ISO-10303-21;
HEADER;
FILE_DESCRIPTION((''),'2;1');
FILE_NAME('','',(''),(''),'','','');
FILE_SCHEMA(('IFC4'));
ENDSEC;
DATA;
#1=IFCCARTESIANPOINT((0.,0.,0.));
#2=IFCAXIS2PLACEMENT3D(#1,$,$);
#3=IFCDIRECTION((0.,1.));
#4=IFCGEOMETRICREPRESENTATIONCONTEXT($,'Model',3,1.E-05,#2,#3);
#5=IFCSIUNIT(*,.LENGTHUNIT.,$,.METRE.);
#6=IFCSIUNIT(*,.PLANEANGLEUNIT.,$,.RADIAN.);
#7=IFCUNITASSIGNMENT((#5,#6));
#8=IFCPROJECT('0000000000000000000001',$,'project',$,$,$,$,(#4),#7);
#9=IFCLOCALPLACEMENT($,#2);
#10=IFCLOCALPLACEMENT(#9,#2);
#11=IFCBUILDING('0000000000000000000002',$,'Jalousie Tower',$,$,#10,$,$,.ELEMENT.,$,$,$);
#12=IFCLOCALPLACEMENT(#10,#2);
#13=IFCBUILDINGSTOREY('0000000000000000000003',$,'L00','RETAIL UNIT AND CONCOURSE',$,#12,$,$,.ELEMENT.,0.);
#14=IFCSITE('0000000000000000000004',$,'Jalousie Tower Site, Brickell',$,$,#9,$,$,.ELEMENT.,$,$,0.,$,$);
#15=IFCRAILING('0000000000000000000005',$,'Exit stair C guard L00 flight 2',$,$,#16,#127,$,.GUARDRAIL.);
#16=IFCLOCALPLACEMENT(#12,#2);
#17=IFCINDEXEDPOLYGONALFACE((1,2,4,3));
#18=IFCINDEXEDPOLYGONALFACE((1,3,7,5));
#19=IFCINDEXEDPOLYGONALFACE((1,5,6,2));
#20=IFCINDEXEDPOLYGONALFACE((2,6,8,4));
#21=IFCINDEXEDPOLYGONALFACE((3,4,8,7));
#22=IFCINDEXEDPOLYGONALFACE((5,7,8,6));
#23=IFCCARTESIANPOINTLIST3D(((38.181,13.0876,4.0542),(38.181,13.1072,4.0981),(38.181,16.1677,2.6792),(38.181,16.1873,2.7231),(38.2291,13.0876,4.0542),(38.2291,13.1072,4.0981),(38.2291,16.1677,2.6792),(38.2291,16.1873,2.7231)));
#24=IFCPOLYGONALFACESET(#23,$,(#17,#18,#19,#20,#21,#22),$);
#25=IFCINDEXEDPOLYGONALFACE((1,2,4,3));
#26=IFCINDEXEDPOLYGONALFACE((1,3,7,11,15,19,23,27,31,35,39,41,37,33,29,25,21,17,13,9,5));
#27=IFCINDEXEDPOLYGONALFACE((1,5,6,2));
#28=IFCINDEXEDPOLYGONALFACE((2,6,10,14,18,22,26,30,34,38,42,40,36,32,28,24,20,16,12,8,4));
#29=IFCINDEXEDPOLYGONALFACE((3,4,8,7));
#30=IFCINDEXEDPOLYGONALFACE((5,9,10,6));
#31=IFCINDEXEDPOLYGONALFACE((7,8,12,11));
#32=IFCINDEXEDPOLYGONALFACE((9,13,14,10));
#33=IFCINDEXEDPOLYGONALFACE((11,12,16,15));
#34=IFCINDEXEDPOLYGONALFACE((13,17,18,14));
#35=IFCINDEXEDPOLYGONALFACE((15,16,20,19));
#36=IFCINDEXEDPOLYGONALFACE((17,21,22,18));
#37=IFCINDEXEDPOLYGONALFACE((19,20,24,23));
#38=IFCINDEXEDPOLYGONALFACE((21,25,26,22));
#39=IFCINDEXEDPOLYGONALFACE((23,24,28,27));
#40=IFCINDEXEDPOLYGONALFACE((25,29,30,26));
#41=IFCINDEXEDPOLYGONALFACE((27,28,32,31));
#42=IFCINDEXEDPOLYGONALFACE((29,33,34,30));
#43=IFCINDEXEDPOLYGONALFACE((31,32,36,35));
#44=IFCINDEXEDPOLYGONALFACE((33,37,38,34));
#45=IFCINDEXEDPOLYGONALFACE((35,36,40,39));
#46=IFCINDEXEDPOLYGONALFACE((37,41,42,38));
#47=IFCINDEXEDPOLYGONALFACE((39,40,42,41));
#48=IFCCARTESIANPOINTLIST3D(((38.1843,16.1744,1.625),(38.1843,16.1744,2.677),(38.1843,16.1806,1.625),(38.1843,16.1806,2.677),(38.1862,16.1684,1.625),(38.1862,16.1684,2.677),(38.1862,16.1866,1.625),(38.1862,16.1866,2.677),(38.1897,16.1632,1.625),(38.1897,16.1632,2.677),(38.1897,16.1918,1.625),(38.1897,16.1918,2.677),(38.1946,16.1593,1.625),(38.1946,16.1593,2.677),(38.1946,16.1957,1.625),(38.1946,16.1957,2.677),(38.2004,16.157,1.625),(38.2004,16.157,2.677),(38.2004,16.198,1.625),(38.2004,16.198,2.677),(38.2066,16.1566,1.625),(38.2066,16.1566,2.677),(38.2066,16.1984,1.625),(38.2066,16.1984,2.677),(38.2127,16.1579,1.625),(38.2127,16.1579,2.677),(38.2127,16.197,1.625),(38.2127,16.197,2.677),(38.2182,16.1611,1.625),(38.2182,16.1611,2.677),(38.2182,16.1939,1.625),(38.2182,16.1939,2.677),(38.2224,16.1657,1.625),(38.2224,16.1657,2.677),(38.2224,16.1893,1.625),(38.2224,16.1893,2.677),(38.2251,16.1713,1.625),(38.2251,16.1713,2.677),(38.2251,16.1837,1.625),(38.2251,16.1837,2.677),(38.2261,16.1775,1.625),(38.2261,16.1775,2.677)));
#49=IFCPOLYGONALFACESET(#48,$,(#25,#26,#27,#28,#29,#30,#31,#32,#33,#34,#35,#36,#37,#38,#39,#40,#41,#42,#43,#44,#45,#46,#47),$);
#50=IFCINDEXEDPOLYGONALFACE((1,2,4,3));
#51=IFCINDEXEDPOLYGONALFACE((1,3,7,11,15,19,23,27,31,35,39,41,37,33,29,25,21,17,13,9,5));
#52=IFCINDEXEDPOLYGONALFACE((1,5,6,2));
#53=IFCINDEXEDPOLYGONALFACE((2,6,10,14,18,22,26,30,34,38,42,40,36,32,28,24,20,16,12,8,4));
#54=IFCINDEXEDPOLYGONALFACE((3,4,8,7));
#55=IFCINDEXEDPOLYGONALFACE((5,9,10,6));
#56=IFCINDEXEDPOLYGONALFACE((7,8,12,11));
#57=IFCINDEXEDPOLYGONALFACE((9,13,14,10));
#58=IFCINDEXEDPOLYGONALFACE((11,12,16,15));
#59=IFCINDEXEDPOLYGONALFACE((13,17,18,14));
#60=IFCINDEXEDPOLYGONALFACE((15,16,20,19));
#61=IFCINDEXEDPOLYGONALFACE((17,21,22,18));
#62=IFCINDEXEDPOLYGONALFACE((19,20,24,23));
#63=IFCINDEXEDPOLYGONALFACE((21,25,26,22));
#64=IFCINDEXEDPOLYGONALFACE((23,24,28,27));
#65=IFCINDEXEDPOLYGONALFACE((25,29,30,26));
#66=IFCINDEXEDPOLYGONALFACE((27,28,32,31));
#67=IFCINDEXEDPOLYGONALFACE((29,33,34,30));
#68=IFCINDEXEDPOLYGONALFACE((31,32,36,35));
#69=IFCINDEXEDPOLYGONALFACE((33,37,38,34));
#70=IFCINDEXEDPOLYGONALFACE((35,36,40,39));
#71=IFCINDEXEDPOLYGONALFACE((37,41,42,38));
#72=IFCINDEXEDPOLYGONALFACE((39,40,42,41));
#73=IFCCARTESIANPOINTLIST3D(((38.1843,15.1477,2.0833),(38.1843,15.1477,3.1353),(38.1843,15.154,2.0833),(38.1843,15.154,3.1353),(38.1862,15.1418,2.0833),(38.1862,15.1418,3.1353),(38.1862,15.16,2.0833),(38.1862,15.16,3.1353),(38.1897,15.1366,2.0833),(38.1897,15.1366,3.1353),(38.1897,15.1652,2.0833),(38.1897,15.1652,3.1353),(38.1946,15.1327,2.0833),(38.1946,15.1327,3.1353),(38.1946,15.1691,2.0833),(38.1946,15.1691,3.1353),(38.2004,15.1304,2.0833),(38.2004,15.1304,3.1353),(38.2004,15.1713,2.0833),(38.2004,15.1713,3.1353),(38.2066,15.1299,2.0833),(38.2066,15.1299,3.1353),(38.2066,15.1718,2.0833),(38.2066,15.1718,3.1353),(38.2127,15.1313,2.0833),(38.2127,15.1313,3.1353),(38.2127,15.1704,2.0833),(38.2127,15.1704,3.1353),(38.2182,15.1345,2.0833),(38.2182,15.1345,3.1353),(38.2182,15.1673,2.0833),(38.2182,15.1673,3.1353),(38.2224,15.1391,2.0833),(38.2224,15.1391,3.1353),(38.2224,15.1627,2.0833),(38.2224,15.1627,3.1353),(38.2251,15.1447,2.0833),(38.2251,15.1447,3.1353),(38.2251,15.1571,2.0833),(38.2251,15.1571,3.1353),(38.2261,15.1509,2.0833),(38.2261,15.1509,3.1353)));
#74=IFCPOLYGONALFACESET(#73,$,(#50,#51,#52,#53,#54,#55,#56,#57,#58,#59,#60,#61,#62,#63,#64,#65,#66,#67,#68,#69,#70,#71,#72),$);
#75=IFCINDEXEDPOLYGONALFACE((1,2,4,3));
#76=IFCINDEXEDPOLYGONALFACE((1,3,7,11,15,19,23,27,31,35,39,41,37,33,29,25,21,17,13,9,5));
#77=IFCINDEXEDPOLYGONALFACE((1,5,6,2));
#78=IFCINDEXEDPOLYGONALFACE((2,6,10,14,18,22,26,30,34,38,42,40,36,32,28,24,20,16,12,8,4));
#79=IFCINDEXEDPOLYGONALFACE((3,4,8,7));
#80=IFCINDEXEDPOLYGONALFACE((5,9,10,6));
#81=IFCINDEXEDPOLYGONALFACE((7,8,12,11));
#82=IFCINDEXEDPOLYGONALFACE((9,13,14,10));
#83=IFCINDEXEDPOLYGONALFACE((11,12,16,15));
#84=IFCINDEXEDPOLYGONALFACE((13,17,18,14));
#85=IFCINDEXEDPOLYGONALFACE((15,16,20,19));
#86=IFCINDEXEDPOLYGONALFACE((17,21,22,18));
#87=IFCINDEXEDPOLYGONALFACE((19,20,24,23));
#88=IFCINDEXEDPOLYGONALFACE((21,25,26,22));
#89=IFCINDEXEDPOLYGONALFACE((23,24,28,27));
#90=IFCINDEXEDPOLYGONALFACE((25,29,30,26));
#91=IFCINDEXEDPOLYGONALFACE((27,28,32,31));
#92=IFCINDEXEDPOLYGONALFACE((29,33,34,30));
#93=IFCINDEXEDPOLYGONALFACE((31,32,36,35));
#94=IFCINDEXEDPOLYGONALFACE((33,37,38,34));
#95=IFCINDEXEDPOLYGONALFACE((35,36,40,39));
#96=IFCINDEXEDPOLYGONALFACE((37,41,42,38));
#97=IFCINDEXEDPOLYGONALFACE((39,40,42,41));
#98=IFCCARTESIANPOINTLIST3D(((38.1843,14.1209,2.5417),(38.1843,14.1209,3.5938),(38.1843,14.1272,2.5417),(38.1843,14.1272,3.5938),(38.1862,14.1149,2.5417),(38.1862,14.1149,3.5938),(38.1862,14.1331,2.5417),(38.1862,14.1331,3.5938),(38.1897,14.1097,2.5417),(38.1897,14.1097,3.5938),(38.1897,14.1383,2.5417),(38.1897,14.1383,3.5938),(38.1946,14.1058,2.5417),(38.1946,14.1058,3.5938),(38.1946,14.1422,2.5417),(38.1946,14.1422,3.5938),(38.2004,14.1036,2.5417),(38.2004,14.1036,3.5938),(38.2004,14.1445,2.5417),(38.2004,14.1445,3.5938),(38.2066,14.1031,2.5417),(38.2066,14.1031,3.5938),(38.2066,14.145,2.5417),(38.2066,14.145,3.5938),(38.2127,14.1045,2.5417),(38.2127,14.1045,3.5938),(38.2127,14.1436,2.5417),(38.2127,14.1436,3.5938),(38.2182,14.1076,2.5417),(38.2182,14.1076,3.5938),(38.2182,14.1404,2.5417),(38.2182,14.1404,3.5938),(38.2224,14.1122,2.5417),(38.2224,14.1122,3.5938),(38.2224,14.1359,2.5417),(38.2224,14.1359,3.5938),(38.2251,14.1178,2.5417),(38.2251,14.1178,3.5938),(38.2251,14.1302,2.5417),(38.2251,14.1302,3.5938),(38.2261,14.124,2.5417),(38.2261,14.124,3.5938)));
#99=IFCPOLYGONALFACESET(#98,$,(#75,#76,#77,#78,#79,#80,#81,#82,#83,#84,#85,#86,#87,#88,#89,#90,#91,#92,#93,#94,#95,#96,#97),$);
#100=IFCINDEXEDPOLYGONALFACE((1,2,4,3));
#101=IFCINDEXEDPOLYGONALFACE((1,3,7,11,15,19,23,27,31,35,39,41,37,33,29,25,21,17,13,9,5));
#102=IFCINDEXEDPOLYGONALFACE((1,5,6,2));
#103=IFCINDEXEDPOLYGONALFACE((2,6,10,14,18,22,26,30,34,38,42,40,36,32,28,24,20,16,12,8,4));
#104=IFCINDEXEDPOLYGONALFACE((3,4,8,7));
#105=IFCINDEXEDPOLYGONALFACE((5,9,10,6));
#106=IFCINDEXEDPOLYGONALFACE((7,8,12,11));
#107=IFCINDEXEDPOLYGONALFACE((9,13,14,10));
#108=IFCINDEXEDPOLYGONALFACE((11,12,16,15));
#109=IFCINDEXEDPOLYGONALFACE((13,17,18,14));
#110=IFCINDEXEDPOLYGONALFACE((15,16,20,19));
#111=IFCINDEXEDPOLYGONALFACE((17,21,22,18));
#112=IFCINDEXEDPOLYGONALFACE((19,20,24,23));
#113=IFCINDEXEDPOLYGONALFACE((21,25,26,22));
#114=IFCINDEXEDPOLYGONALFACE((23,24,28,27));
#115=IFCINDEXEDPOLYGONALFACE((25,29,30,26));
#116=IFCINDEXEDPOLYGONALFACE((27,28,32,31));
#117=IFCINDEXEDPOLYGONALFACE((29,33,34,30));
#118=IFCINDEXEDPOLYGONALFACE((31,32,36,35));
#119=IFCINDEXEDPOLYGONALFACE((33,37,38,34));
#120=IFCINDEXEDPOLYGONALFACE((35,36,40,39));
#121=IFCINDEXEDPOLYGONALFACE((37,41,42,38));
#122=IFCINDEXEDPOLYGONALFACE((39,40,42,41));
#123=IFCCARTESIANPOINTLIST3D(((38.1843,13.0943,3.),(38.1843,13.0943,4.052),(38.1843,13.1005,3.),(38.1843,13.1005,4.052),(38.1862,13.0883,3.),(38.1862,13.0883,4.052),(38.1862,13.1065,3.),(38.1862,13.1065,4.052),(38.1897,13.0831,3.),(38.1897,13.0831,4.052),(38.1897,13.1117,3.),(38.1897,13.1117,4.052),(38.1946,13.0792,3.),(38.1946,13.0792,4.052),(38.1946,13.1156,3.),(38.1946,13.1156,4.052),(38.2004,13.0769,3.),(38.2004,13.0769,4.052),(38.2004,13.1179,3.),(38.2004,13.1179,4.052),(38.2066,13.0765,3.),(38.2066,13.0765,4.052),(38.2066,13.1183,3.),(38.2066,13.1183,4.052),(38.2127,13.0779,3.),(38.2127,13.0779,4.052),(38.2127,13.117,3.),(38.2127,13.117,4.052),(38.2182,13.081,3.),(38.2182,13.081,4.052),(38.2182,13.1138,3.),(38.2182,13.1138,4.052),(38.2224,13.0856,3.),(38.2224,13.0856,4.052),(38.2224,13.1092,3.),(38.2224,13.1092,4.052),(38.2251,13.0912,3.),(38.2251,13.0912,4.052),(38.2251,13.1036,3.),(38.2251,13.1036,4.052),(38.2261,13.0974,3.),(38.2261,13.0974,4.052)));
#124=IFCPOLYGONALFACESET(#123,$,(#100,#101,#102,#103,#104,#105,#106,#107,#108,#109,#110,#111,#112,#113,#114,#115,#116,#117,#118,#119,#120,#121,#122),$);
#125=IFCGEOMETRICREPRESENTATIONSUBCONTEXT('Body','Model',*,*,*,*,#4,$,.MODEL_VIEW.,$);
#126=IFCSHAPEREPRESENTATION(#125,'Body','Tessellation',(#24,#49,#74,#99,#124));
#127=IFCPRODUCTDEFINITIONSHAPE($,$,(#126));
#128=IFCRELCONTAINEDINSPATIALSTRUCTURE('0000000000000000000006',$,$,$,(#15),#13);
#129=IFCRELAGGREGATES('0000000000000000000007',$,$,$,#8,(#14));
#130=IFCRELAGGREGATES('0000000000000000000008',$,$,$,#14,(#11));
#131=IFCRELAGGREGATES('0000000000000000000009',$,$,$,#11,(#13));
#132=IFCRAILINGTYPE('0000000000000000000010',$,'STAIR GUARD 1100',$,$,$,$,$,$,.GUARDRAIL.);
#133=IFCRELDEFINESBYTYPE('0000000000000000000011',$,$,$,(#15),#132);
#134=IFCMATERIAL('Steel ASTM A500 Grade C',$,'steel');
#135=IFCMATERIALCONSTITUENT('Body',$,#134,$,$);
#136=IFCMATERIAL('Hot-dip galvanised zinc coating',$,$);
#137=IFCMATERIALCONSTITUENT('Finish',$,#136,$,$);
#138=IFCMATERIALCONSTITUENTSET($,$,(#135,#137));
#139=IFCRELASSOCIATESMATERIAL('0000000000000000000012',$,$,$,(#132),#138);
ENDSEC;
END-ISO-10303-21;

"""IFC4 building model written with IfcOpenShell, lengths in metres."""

from ifc_helpers import new_model, si_unit, direction, frame, origin, origin_2d, place, context, subcontext, project, spatial, rectangle, circle, extrude, material, constituent, constituent_set, type_object, element, save


model = new_model("IFC4")

# Units and contexts
model_context = context("Model", 3, precision=1e-05, world=origin(), true_north=direction((0.0, 1.0)))
body_context = subcontext(model_context, "Body", "Model", "MODEL_VIEW")
ifc_project = project(units=[si_unit("LENGTHUNIT", "METRE"), si_unit("PLANEANGLEUNIT", "RADIAN")], contexts=[model_context])

# Site, building, storey
site_placement = place(None, origin())
site = spatial("IfcSite", under=ifc_project, at=site_placement, Name="Jalousie Tower Site, Brickell", CompositionType="ELEMENT", RefElevation=0.0)
building_placement = place(site_placement, origin())
building = spatial("IfcBuilding", under=site, at=building_placement, Name="Jalousie Tower", CompositionType="ELEMENT")
storey_placement = place(building_placement, origin())
storey = spatial("IfcBuildingStorey", under=building, at=storey_placement, Name="L00", Description="RETAIL UNIT AND CONCOURSE", CompositionType="ELEMENT", Elevation=0.0)

# Railing
ifc_material_1 = material(Name="Steel ASTM A500 Grade C", Category="steel")
ifc_constituent_1 = constituent(ifc_material_1, Name="Body")
ifc_material_2 = material(Name="Hot-dip galvanised zinc coating")
ifc_constituent_2 = constituent(ifc_material_2, Name="Finish")
ifc_constituent_set_1 = constituent_set(constituents=[ifc_constituent_1, ifc_constituent_2])
railing_type_1 = type_object("IfcRailingType", Name="STAIR GUARD 1100", PredefinedType="GUARDRAIL", material=ifc_constituent_set_1)
railing_1_placement = place(storey_placement, frame((38.2051, 16.1775, 1.625)))
element("IfcRailing", 1, at=railing_1_placement, inside=storey, type_object=railing_type_1, Name="Exit stair C guard L00 flight 2", PredefinedType="GUARDRAIL", context=body_context, shape_type="SweptSolid", body=[
    extrude(rectangle(XDim=0.0481, YDim=0.0481, at=origin_2d()), frame((0.0, 0.0, 1.0762), z_axis=(0.0, -0.913142, 0.407642), x_axis=(1.0, 0.0, 0.0)), (0.0, 0.0, 1.0), 3.373),
    extrude(circle(Radius=0.021, at=origin_2d()), origin(), (0.0, 0.0, 1.0), 1.052),
    extrude(circle(Radius=0.021, at=origin_2d()), frame((0.0, -1.0266, 0.4583)), (0.0, 0.0, 1.0), 1.052),
    extrude(circle(Radius=0.021, at=origin_2d()), frame((0.0, -2.0535, 0.9167)), (0.0, 0.0, 1.0), 1.052),
    extrude(circle(Radius=0.021, at=origin_2d()), frame((0.0, -3.0801, 1.375)), (0.0, 0.0, 1.0), 1.052),
])

save(model, "model.ifc")
